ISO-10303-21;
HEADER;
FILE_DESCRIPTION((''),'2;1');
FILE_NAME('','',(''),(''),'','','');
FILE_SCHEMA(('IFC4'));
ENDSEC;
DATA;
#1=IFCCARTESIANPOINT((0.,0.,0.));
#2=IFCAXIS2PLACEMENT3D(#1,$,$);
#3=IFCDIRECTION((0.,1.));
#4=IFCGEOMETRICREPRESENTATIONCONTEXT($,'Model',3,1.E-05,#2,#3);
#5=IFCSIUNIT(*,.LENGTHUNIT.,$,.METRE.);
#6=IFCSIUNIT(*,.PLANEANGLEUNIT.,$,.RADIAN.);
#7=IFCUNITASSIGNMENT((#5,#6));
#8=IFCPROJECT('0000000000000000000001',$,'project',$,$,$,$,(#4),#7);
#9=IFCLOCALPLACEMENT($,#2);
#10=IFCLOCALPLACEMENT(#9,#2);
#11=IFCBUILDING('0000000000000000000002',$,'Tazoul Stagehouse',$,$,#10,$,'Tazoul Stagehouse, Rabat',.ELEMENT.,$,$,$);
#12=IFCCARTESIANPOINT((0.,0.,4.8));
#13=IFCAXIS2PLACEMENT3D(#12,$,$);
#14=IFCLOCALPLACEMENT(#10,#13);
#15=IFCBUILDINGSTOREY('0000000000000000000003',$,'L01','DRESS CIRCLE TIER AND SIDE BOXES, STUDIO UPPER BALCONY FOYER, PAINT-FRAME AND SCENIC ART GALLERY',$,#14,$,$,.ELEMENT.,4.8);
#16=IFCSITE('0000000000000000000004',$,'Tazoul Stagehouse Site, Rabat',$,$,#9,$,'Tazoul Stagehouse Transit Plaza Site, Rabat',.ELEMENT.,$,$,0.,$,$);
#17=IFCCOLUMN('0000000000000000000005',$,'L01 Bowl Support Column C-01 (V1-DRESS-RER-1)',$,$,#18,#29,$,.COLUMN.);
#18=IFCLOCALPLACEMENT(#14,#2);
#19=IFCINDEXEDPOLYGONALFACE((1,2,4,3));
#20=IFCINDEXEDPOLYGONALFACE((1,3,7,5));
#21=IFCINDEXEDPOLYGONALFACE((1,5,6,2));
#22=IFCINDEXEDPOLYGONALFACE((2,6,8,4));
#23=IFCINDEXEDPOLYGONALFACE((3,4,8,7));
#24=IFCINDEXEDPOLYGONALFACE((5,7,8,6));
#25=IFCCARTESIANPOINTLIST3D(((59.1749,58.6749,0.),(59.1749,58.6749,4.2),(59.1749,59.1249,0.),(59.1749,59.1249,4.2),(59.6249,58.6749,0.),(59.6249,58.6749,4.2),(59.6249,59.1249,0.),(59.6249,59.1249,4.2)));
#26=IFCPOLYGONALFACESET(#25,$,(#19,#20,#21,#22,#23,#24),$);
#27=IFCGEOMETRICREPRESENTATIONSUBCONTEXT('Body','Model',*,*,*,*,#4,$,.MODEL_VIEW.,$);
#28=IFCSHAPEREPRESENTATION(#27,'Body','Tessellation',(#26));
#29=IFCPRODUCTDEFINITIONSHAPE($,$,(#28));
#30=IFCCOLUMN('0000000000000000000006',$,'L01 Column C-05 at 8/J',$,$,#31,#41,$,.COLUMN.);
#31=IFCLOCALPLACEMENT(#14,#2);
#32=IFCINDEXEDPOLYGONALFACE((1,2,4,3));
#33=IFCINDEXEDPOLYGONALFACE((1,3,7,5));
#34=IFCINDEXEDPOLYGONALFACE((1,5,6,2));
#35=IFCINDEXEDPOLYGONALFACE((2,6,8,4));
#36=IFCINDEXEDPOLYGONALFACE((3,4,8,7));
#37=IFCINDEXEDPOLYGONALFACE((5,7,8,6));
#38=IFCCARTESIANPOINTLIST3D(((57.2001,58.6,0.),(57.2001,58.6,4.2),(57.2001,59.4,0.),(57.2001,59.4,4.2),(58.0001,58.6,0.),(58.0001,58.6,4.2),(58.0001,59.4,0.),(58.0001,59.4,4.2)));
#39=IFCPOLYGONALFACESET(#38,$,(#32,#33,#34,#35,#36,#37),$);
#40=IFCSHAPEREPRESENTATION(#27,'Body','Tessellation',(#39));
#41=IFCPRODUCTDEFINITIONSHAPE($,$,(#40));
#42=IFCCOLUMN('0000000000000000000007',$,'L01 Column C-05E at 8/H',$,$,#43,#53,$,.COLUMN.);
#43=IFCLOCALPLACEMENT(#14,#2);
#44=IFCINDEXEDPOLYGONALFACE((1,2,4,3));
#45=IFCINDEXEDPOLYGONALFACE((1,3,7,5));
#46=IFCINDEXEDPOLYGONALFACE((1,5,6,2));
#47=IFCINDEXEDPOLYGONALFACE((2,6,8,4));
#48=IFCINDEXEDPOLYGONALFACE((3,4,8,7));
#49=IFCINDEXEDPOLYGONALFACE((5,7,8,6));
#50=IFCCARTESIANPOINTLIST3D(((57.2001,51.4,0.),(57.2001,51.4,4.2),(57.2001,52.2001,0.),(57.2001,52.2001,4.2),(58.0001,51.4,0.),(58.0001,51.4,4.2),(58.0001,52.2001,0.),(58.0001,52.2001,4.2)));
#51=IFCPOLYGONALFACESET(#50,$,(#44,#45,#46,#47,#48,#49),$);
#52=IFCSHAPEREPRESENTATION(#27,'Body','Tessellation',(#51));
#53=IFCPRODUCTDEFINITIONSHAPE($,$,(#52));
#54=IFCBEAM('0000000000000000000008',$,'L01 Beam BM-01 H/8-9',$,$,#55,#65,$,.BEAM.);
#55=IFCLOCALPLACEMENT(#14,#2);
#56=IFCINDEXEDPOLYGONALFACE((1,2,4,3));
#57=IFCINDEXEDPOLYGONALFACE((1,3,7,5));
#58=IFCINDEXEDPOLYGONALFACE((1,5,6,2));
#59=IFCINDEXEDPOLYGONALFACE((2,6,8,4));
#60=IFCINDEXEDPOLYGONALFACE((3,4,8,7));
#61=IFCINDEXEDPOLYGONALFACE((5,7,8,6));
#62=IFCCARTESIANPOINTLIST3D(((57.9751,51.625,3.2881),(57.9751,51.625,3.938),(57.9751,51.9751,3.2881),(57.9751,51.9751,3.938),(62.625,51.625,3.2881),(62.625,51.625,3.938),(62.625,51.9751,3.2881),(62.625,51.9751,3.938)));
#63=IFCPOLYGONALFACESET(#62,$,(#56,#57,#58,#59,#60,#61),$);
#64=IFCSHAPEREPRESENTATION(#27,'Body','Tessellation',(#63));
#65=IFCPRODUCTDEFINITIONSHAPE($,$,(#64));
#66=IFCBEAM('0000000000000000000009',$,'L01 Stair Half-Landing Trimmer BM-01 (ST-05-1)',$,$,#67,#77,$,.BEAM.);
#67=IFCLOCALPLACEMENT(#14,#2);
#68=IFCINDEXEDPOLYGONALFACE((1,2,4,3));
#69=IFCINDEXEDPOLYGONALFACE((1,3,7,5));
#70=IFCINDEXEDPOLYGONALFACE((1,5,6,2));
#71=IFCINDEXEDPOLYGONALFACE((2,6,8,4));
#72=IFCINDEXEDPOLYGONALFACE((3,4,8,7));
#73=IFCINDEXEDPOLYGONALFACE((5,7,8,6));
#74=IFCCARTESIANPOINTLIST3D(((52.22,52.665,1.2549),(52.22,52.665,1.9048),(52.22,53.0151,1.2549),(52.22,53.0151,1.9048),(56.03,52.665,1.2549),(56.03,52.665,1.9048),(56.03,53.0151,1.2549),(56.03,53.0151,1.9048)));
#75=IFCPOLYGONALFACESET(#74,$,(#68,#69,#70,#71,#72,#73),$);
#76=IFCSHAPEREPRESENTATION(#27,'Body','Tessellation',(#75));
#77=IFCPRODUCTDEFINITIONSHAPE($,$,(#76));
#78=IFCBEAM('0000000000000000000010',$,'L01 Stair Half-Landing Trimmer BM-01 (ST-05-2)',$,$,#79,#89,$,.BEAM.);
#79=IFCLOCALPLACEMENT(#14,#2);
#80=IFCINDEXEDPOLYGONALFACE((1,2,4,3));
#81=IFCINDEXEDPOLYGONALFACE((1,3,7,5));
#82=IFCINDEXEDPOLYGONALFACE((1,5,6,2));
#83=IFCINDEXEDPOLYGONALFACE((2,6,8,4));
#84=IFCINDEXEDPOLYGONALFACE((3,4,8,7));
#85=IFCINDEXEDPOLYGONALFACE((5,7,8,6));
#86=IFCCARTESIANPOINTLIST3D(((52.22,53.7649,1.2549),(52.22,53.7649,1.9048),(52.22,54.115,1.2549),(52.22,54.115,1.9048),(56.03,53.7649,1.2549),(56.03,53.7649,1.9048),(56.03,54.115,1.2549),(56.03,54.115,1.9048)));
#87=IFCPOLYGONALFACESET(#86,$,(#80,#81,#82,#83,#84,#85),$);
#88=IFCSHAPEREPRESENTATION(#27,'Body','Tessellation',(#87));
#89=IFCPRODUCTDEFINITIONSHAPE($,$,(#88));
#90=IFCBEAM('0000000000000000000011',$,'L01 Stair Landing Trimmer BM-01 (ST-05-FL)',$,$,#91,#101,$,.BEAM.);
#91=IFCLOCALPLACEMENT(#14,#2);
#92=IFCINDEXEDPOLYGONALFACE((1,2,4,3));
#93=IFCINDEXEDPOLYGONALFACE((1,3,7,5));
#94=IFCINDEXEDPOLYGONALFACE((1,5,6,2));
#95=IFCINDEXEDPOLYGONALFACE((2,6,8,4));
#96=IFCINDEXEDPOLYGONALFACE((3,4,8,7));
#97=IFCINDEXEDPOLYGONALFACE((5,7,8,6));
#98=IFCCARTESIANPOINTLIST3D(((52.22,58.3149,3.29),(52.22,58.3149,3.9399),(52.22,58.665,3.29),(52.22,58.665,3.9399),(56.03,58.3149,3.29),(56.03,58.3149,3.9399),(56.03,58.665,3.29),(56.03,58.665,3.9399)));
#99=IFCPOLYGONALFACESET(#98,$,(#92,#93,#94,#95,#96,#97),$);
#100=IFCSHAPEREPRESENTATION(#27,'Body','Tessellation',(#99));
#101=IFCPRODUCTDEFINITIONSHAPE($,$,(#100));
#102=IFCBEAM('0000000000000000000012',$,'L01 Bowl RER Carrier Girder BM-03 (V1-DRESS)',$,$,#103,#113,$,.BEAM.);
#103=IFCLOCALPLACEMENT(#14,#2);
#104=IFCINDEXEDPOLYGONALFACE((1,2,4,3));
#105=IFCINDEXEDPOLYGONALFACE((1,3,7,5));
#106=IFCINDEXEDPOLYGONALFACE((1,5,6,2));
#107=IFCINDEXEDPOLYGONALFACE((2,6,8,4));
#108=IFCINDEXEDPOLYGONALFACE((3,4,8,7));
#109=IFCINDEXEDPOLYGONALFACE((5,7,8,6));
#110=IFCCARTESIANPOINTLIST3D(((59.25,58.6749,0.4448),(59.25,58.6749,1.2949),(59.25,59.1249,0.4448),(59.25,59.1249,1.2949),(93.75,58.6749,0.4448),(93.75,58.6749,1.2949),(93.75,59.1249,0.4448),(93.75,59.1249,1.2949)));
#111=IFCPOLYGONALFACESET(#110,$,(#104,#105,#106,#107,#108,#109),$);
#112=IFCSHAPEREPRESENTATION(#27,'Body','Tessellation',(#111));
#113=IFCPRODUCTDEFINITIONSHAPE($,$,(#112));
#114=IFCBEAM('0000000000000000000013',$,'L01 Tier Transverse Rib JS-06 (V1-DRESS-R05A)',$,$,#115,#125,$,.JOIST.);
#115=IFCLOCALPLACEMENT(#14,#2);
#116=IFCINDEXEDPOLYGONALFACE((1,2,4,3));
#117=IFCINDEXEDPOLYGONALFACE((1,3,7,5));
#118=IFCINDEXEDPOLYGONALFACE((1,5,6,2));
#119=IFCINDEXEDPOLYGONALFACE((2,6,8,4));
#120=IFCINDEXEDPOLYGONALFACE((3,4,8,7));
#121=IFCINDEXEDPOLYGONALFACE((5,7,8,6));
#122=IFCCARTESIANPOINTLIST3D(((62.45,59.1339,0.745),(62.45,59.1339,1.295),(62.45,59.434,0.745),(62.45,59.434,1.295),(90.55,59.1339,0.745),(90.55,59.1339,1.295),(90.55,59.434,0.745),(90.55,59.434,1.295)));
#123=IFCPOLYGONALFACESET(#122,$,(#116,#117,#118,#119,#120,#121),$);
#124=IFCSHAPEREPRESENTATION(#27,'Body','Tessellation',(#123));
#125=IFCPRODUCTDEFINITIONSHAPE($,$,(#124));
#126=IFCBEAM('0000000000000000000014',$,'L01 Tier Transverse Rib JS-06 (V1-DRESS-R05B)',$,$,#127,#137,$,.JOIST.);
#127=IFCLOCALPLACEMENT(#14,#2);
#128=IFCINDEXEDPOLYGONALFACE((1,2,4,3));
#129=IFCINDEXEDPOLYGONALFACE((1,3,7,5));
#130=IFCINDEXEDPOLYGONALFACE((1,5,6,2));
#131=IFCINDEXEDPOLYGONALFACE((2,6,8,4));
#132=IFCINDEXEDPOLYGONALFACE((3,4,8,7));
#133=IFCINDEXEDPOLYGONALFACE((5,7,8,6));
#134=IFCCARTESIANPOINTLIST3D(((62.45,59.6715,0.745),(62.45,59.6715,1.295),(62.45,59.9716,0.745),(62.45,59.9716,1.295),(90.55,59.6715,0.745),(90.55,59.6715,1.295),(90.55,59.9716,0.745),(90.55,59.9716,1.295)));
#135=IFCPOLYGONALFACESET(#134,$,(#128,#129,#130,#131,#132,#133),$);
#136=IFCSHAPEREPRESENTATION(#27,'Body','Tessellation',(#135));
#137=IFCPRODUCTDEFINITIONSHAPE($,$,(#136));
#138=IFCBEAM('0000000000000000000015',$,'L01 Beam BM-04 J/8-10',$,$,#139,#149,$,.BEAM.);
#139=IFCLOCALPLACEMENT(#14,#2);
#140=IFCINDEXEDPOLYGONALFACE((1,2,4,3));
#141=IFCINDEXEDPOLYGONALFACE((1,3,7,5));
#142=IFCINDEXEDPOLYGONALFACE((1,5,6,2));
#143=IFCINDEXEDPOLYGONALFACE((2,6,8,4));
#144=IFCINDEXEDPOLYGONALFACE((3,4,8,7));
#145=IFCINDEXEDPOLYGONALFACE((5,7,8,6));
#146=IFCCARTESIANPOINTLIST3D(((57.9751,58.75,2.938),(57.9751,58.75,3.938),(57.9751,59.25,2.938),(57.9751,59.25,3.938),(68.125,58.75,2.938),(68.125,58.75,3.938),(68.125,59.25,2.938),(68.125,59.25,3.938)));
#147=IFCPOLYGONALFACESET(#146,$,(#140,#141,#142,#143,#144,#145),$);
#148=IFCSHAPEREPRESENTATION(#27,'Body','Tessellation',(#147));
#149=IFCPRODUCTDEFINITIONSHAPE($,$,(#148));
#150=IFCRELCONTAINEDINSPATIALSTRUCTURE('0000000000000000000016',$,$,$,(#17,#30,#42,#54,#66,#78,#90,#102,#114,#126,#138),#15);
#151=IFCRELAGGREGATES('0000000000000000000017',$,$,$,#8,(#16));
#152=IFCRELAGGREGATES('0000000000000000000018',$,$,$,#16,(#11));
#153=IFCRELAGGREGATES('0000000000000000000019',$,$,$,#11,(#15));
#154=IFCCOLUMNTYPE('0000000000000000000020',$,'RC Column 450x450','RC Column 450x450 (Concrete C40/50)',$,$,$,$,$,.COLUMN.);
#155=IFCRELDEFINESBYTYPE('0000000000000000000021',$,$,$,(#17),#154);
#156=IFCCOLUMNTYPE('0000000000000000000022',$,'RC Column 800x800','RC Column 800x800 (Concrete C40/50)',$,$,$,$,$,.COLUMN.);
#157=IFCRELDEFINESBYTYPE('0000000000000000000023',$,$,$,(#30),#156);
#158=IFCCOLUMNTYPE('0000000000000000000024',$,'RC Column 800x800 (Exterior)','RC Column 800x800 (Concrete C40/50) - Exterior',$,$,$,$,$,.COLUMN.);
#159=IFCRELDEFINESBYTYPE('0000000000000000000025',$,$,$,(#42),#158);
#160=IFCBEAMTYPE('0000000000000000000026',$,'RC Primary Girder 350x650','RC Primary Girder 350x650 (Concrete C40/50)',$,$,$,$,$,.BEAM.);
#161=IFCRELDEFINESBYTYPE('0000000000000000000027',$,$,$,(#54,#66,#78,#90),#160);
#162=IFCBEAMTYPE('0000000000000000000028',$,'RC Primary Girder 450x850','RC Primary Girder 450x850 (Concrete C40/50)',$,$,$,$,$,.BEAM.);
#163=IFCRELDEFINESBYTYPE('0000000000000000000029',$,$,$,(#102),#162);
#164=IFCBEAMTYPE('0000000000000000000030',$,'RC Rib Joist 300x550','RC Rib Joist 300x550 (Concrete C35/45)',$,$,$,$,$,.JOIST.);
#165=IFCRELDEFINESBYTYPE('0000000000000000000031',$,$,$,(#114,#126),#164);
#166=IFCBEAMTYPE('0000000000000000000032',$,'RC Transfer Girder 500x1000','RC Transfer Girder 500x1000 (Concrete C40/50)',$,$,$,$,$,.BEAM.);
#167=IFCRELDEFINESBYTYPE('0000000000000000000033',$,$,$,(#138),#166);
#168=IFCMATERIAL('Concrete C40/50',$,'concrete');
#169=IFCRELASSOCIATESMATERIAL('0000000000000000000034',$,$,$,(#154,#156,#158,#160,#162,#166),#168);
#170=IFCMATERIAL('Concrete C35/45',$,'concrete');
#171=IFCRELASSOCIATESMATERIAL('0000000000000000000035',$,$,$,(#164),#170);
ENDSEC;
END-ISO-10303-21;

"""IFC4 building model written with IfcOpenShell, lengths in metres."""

from ifc_helpers import new_model, si_unit, direction, frame, origin, origin_2d, place, context, subcontext, project, spatial, rectangle, extrude, material, material_profile, profile_set, type_object, element, save


model = new_model("IFC4")

# Units and contexts
model_context = context("Model", 3, precision=1e-05, world=origin(), true_north=direction((0.0, 1.0)))
body_context = subcontext(model_context, "Body", "Model", "MODEL_VIEW")
ifc_project = project(units=[si_unit("LENGTHUNIT", "METRE"), si_unit("PLANEANGLEUNIT", "RADIAN")], contexts=[model_context])

# Site, building, storey
site_placement = place(None, origin())
site = spatial("IfcSite", under=ifc_project, at=site_placement, Name="Tazoul Stagehouse Site, Rabat", LongName="Tazoul Stagehouse Transit Plaza Site, Rabat", CompositionType="ELEMENT", RefElevation=0.0)
building_placement = place(site_placement, origin())
building = spatial("IfcBuilding", under=site, at=building_placement, Name="Tazoul Stagehouse", LongName="Tazoul Stagehouse, Rabat", CompositionType="ELEMENT")
storey_placement = place(building_placement, frame((0.0, 0.0, 4.8)))
storey = spatial("IfcBuildingStorey", under=building, at=storey_placement, Name="L01", Description="DRESS CIRCLE TIER AND SIDE BOXES, STUDIO UPPER BALCONY FOYER, PAINT-FRAME AND SCENIC ART GALLERY", CompositionType="ELEMENT", Elevation=4.8)

# Columns
ifc_material_1 = material(Name="Concrete C40/50", Category="concrete")
ifc_material_profile_1 = material_profile(ifc_material_1, rectangle(XDim=0.45, YDim=0.45, at=origin_2d()), Name="RC 450x450")
ifc_profile_set_1 = profile_set([ifc_material_profile_1], Name="Concrete C40/50")
column_type_1 = type_object("IfcColumnType", Name="RC Column 450x450", Description="RC Column 450x450 (Concrete C40/50)", PredefinedType="COLUMN", material=ifc_profile_set_1)
column_1_placement = place(storey_placement, frame((59.3999, 58.8999, 0.0), z_axis=(0.0, 0.0, 1.0), x_axis=(1.0, 0.0, 0.0)))
element("IfcColumn", 1, at=column_1_placement, inside=storey, type_object=column_type_1, Name="L01 Bowl Support Column C-01 (V1-DRESS-RER-1)", PredefinedType="COLUMN", context=body_context, shape_type="SweptSolid", body=[
    extrude(rectangle(XDim=0.45, YDim=0.45, at=origin_2d()), origin(), (0.0, 0.0, 1.0), 4.2),
])
ifc_material_profile_2 = material_profile(ifc_material_1, rectangle(XDim=0.8, YDim=0.8, at=origin_2d()), Name="RC 800x800")
ifc_profile_set_2 = profile_set([ifc_material_profile_2], Name="Concrete C40/50")
column_type_2 = type_object("IfcColumnType", Name="RC Column 800x800", Description="RC Column 800x800 (Concrete C40/50)", PredefinedType="COLUMN", material=ifc_profile_set_2)
column_2_placement = place(storey_placement, frame((57.6001, 59.0, 0.0), z_axis=(0.0, 0.0, 1.0), x_axis=(1.0, 0.0, 0.0)))
element("IfcColumn", 2, at=column_2_placement, inside=storey, type_object=column_type_2, Name="L01 Column C-05 at 8/J", PredefinedType="COLUMN", context=body_context, shape_type="SweptSolid", body=[
    extrude(rectangle(XDim=0.8, YDim=0.8, at=origin_2d()), origin(), (0.0, 0.0, 1.0), 4.2),
])
ifc_material_profile_3 = material_profile(ifc_material_1, rectangle(XDim=0.8, YDim=0.8, at=origin_2d()), Name="RC 800x800")
ifc_profile_set_3 = profile_set([ifc_material_profile_3], Name="Concrete C40/50")
column_type_3 = type_object("IfcColumnType", Name="RC Column 800x800 (Exterior)", Description="RC Column 800x800 (Concrete C40/50) - Exterior", PredefinedType="COLUMN", material=ifc_profile_set_3)
column_3_placement = place(storey_placement, frame((57.6001, 51.8, 0.0), z_axis=(0.0, 0.0, 1.0), x_axis=(1.0, 0.0, 0.0)))
element("IfcColumn", 3, at=column_3_placement, inside=storey, type_object=column_type_3, Name="L01 Column C-05E at 8/H", PredefinedType="COLUMN", context=body_context, shape_type="SweptSolid", body=[
    extrude(rectangle(XDim=0.8, YDim=0.8, at=origin_2d()), origin(), (0.0, 0.0, 1.0), 4.2),
])

# Beams
ifc_material_profile_4 = material_profile(ifc_material_1, rectangle(XDim=0.3501, YDim=0.6499, at=origin_2d()), Name="RC 350x650")
ifc_profile_set_4 = profile_set([ifc_material_profile_4], Name="Concrete C40/50")
beam_type_1 = type_object("IfcBeamType", Name="RC Primary Girder 350x650", Description="RC Primary Girder 350x650 (Concrete C40/50)", PredefinedType="BEAM", material=ifc_profile_set_4)
beam_1_placement = place(storey_placement, frame((57.9751, 51.8, 3.613), z_axis=(1.0, 0.0, 0.0), x_axis=(0.0, 1.0, 0.0)))
element("IfcBeam", 4, at=beam_1_placement, inside=storey, type_object=beam_type_1, Name="L01 Beam BM-01 H/8-9", PredefinedType="BEAM", context=body_context, shape_type="SweptSolid", body=[
    extrude(rectangle(XDim=0.3501, YDim=0.6499, at=origin_2d()), origin(), (0.0, 0.0, 1.0), 4.6499),
])
for number, where, z_axis, x_axis, name in (
    (5, (52.22, 52.8401, 1.5798), (1.0, 0.0, 0.0), (0.0, 1.0, 0.0), "L01 Stair Half-Landing Trimmer BM-01 (ST-05-1)"),
    (6, (52.22, 53.9399, 1.5798), (1.0, 0.0, 0.0), (0.0, 1.0, 0.0), "L01 Stair Half-Landing Trimmer BM-01 (ST-05-2)"),
    (7, (52.22, 58.49, 3.615), (1.0, 0.0, 0.0), (0.0, 1.0, 0.0), "L01 Stair Landing Trimmer BM-01 (ST-05-FL)"),
):
    element("IfcBeam", number, at=place(storey_placement, frame(where, z_axis=z_axis, x_axis=x_axis)), inside=storey, type_object=beam_type_1, Name=name, PredefinedType="BEAM", context=body_context, shape_type="SweptSolid", body=[
        extrude(rectangle(XDim=0.3501, YDim=0.6499, at=origin_2d()), origin(), (0.0, 0.0, 1.0), 3.8101),
    ])
ifc_material_profile_5 = material_profile(ifc_material_1, rectangle(XDim=0.45, YDim=0.8501, at=origin_2d()), Name="RC 450x850")
ifc_profile_set_5 = profile_set([ifc_material_profile_5], Name="Concrete C40/50")
beam_type_2 = type_object("IfcBeamType", Name="RC Primary Girder 450x850", Description="RC Primary Girder 450x850 (Concrete C40/50)", PredefinedType="BEAM", material=ifc_profile_set_5)
beam_2_placement = place(storey_placement, frame((59.25, 58.8999, 0.8699), z_axis=(1.0, 0.0, 0.0), x_axis=(0.0, 1.0, 0.0)))
element("IfcBeam", 8, at=beam_2_placement, inside=storey, type_object=beam_type_2, Name="L01 Bowl RER Carrier Girder BM-03 (V1-DRESS)", PredefinedType="BEAM", context=body_context, shape_type="SweptSolid", body=[
    extrude(rectangle(XDim=0.45, YDim=0.8501, at=origin_2d()), origin(), (0.0, 0.0, 1.0), 34.5),
])
ifc_material_2 = material(Name="Concrete C35/45", Category="concrete")
ifc_material_profile_6 = material_profile(ifc_material_2, rectangle(XDim=0.3, YDim=0.55, at=origin_2d()), Name="RC 300x550")
ifc_profile_set_6 = profile_set([ifc_material_profile_6], Name="Concrete C35/45")
beam_type_3 = type_object("IfcBeamType", Name="RC Rib Joist 300x550", Description="RC Rib Joist 300x550 (Concrete C35/45)", PredefinedType="JOIST", material=ifc_profile_set_6)
for number, where, z_axis, x_axis, name in (
    (9, (62.45, 59.2839, 1.02), (1.0, 0.0, 0.0), (0.0, 1.0, 0.0), "L01 Tier Transverse Rib JS-06 (V1-DRESS-R05A)"),
    (10, (62.45, 59.8215, 1.02), (1.0, 0.0, 0.0), (0.0, 1.0, 0.0), "L01 Tier Transverse Rib JS-06 (V1-DRESS-R05B)"),
):
    element("IfcBeam", number, at=place(storey_placement, frame(where, z_axis=z_axis, x_axis=x_axis)), inside=storey, type_object=beam_type_3, Name=name, PredefinedType="JOIST", context=body_context, shape_type="SweptSolid", body=[
        extrude(rectangle(XDim=0.3, YDim=0.55, at=origin_2d()), origin(), (0.0, 0.0, 1.0), 28.1001),
    ])
ifc_material_profile_7 = material_profile(ifc_material_1, rectangle(XDim=0.5, YDim=1.0, at=origin_2d()), Name="RC 500x1000")
ifc_profile_set_7 = profile_set([ifc_material_profile_7], Name="Concrete C40/50")
beam_type_4 = type_object("IfcBeamType", Name="RC Transfer Girder 500x1000", Description="RC Transfer Girder 500x1000 (Concrete C40/50)", PredefinedType="BEAM", material=ifc_profile_set_7)
beam_3_placement = place(storey_placement, frame((57.9751, 59.0, 3.438), z_axis=(1.0, 0.0, 0.0), x_axis=(0.0, 1.0, 0.0)))
element("IfcBeam", 11, at=beam_3_placement, inside=storey, type_object=beam_type_4, Name="L01 Beam BM-04 J/8-10", PredefinedType="BEAM", context=body_context, shape_type="SweptSolid", body=[
    extrude(rectangle(XDim=0.5, YDim=1.0, at=origin_2d()), origin(), (0.0, 0.0, 1.0), 10.1499),
])

save(model, "model.ifc")
